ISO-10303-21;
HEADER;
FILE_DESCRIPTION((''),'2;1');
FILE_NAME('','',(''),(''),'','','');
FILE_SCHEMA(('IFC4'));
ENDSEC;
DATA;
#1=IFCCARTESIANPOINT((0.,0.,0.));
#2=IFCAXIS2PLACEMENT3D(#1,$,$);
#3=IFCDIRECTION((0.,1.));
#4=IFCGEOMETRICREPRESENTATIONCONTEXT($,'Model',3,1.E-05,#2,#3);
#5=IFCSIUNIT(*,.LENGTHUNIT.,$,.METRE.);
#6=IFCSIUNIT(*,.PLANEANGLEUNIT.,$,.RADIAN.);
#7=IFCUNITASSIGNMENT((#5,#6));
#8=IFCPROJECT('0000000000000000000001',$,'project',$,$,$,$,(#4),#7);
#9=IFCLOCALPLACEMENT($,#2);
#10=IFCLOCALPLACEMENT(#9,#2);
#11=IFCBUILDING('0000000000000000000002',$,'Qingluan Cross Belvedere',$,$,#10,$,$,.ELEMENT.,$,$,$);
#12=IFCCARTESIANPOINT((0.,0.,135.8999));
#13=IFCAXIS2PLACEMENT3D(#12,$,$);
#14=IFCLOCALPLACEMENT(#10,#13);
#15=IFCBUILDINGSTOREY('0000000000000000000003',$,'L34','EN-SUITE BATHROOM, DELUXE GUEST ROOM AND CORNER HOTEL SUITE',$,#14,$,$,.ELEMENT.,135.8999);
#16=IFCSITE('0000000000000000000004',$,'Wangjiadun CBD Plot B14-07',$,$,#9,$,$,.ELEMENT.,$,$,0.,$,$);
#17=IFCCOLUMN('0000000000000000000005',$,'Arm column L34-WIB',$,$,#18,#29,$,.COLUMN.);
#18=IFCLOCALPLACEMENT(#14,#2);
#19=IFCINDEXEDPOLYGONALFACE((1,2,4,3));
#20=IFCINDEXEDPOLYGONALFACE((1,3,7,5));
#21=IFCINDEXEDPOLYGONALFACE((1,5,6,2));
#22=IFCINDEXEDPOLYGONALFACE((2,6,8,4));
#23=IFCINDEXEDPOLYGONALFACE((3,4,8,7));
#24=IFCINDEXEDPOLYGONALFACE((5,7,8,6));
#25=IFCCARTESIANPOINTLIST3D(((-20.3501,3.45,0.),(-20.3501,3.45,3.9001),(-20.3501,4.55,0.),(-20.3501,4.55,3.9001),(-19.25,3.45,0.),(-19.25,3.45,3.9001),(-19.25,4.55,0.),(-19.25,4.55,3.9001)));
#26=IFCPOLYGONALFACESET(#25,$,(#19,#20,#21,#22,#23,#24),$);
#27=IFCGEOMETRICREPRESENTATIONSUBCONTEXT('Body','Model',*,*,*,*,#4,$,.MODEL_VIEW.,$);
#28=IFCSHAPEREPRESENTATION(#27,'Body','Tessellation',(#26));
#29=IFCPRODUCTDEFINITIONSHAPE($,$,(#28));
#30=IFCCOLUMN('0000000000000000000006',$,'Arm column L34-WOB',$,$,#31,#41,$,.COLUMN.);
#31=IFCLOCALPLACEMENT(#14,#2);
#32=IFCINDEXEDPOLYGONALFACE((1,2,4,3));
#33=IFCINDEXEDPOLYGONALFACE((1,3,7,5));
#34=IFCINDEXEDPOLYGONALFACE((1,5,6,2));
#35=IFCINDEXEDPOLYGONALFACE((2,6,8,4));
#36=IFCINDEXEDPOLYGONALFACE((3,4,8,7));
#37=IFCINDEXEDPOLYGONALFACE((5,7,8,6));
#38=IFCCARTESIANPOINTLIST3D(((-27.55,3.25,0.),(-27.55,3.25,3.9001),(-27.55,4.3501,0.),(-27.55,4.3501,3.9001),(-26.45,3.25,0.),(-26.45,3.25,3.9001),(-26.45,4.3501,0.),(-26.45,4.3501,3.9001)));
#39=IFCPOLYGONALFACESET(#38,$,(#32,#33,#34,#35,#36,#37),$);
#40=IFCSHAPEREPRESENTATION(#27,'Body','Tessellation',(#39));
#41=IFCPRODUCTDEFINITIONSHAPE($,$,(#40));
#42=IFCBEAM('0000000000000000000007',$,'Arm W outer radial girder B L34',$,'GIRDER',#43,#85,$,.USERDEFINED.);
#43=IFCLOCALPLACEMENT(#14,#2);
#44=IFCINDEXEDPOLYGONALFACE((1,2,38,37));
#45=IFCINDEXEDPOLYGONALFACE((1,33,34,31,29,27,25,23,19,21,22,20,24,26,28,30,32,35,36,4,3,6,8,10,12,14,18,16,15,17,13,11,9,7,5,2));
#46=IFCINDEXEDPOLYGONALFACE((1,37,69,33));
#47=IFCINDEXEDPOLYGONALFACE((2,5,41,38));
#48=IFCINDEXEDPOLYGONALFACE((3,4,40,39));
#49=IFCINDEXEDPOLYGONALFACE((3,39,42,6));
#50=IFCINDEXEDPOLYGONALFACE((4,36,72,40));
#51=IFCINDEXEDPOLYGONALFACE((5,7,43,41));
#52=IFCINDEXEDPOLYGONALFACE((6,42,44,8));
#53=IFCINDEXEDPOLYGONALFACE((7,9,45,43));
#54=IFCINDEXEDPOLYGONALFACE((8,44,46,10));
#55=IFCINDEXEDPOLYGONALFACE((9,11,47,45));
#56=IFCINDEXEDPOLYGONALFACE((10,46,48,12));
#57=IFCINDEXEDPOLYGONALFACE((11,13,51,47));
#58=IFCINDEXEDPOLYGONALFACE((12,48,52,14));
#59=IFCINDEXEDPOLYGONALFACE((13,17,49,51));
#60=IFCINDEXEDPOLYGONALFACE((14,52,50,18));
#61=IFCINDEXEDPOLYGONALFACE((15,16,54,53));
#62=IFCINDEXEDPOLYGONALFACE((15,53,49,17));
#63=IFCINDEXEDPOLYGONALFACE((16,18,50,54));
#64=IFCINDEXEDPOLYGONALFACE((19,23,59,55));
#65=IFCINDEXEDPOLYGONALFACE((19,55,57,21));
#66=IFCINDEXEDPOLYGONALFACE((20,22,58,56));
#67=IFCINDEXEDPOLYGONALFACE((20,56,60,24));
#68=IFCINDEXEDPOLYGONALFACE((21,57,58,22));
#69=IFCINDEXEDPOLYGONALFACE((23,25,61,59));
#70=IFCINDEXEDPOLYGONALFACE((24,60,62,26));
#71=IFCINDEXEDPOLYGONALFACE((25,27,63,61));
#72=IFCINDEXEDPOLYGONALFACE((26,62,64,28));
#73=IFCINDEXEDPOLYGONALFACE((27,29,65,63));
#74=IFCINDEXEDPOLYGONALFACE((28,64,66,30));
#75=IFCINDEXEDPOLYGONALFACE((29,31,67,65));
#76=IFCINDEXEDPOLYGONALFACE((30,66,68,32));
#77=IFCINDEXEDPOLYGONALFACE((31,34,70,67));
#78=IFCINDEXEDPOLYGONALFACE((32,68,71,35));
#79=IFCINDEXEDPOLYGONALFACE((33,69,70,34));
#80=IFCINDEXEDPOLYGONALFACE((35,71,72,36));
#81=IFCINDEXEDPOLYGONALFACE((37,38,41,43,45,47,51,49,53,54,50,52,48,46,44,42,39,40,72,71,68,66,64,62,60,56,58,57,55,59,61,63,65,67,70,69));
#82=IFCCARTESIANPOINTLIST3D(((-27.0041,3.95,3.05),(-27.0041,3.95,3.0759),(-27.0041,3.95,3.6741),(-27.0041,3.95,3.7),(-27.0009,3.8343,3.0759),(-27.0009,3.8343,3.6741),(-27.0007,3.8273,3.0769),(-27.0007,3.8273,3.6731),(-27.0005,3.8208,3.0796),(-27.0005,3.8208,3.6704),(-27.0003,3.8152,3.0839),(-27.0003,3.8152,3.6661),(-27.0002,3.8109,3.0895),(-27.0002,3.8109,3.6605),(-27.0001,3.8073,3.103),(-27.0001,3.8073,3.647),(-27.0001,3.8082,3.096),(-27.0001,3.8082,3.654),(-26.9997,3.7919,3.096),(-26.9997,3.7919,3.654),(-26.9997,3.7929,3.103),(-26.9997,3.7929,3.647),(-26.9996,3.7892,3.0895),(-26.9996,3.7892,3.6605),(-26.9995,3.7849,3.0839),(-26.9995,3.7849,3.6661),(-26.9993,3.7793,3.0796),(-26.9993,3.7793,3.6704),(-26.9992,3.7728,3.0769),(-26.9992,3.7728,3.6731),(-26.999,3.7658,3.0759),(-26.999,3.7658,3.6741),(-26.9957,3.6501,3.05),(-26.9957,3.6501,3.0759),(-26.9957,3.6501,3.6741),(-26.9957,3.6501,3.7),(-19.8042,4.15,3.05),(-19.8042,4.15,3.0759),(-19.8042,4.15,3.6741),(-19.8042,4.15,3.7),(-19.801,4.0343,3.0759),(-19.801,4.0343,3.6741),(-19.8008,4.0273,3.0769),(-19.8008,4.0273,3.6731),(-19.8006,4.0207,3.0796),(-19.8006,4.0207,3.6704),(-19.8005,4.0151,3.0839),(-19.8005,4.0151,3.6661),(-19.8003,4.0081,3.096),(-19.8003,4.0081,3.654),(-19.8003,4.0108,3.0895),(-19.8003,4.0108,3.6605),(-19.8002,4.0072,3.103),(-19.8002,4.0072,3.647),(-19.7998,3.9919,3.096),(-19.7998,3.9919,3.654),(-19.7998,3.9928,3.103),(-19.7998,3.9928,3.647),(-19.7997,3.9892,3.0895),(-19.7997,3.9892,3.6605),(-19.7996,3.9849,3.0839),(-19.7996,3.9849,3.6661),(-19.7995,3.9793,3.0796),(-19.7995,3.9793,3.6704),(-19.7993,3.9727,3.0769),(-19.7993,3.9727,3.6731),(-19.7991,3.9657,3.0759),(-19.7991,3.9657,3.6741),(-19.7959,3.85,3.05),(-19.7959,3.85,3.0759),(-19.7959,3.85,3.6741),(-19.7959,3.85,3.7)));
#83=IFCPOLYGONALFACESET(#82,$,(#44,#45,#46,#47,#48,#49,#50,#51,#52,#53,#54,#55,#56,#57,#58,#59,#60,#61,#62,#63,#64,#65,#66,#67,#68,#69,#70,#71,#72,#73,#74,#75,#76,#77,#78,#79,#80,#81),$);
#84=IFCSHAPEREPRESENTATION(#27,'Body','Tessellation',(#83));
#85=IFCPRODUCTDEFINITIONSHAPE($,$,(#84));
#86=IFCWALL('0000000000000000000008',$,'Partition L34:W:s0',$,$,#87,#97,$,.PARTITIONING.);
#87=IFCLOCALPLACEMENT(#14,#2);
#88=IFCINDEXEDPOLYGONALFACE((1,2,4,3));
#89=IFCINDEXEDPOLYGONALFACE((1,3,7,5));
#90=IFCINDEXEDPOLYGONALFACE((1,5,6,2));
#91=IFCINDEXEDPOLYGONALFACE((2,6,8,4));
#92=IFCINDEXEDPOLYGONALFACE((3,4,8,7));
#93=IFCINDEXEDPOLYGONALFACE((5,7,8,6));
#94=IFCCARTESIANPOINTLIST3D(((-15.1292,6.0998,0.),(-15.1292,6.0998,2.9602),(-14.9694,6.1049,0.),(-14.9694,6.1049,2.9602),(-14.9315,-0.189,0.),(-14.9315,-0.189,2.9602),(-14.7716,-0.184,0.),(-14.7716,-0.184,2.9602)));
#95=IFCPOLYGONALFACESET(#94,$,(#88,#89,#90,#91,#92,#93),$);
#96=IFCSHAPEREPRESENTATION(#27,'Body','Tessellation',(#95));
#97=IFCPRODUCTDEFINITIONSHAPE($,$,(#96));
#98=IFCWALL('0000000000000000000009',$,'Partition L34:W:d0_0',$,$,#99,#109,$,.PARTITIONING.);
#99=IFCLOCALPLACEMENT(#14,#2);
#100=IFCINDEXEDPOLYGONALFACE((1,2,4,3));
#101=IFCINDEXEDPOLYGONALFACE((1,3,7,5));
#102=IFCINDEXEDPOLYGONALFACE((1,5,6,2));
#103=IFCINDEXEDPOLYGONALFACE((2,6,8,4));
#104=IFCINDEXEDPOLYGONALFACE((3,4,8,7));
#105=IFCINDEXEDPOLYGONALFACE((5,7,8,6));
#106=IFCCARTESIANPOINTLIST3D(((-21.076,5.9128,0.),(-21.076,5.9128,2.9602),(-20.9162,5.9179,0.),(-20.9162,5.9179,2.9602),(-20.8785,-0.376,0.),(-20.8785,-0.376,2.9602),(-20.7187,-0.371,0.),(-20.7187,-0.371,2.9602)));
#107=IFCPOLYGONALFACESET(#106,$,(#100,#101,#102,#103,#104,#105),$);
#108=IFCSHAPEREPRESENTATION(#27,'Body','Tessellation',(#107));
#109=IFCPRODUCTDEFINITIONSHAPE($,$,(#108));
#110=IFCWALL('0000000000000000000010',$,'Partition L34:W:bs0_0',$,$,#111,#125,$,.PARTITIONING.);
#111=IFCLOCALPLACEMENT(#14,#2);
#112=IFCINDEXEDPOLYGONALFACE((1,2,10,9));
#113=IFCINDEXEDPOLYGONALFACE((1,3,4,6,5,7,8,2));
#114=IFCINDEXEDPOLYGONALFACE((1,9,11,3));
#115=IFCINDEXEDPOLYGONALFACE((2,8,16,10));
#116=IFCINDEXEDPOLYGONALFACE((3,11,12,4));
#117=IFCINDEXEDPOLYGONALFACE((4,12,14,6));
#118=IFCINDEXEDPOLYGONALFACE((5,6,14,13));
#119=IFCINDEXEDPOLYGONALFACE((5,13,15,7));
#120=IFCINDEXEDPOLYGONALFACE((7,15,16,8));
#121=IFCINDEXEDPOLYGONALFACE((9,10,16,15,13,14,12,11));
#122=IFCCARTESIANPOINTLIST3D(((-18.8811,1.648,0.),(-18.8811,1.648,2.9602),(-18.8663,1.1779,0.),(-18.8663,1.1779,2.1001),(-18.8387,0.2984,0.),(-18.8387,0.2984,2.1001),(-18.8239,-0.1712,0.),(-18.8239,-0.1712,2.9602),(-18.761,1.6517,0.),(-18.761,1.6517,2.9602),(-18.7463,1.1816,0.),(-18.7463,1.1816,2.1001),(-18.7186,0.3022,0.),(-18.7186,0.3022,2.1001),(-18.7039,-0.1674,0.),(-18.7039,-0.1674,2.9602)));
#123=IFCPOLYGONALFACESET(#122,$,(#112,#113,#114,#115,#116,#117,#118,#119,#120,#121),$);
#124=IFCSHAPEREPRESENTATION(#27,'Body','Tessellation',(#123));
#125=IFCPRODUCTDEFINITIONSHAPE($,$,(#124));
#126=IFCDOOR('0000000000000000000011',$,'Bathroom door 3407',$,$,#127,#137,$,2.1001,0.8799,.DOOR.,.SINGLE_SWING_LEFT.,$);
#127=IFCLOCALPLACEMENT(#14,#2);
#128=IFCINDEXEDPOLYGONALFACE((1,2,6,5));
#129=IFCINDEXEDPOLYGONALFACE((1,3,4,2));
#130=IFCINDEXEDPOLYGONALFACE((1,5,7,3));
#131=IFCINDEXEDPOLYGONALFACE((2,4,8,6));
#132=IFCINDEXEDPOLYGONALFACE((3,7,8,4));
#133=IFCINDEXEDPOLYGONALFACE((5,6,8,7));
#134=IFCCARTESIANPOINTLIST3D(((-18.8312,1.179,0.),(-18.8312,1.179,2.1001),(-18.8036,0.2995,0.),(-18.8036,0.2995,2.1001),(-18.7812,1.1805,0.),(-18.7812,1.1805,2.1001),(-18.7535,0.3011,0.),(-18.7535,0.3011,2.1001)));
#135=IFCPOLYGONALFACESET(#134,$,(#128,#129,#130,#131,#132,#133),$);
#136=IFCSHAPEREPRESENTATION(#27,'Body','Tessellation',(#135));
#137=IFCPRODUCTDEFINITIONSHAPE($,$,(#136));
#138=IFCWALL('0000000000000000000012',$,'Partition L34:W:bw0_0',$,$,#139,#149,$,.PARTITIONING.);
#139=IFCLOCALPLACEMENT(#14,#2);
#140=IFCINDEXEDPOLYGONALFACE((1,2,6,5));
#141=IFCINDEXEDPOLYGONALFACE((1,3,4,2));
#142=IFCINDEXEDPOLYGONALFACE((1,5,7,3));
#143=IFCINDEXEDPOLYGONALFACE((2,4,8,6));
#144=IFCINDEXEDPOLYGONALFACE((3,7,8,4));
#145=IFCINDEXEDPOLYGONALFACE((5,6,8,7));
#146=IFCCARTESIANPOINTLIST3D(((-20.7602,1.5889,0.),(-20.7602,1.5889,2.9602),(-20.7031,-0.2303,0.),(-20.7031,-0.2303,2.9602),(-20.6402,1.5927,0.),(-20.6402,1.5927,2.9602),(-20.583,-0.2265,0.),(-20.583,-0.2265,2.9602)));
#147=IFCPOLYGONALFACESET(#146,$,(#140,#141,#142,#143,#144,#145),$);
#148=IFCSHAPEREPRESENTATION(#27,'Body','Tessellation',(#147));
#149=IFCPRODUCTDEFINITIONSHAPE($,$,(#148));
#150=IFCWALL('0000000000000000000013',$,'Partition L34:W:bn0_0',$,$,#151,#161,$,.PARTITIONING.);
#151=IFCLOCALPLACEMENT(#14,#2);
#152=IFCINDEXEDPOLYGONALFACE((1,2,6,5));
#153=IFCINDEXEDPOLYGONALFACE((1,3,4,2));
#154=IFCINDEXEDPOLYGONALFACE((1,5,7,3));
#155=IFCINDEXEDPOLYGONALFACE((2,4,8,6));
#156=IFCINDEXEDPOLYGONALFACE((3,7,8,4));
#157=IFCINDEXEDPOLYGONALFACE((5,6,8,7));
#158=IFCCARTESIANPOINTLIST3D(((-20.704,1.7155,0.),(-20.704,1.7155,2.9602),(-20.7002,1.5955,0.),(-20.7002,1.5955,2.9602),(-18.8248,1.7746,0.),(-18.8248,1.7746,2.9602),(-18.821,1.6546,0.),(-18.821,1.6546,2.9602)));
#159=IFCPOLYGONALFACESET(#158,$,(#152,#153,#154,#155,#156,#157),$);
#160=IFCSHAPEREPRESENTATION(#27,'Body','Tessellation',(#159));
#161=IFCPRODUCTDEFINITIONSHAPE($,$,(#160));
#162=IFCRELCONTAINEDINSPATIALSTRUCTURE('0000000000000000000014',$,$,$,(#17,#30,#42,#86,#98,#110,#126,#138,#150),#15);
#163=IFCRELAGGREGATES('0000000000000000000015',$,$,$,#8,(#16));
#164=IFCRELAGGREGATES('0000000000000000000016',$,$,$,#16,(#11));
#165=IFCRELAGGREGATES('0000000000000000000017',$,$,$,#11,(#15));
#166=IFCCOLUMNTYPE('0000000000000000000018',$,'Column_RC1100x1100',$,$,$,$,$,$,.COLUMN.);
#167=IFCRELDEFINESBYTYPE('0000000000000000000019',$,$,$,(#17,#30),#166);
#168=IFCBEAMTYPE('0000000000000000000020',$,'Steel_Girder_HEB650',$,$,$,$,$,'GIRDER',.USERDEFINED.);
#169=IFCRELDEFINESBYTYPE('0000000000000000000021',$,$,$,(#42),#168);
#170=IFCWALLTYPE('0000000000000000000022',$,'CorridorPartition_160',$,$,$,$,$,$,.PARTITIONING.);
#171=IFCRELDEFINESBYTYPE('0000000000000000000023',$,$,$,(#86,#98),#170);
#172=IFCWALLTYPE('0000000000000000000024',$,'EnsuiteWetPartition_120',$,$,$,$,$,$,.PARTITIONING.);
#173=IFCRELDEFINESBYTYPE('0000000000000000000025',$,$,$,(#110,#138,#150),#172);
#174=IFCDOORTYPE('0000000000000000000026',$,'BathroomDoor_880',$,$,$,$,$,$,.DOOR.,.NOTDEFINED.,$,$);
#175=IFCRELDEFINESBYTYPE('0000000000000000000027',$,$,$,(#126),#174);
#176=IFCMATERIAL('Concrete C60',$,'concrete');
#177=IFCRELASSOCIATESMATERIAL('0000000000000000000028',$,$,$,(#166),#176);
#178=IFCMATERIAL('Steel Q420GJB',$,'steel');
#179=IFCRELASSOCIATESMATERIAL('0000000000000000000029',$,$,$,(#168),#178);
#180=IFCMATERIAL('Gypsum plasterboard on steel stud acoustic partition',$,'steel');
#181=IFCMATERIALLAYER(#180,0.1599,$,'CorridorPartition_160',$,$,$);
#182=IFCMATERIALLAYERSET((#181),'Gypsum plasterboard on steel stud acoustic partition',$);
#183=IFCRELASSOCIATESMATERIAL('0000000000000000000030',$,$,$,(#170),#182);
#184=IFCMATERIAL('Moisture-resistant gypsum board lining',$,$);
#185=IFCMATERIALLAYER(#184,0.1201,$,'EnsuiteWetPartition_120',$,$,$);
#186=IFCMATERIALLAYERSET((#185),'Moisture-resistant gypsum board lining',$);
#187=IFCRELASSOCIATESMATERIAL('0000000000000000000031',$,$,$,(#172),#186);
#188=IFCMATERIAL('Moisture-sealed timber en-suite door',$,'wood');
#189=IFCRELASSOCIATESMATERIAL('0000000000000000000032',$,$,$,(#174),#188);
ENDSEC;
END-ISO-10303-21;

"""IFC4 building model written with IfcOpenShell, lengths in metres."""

from ifc_helpers import new_model, si_unit, direction, frame, frame_2d, origin, origin_2d, place, context, subcontext, project, spatial, rectangle, i_section, extrude, material, layer, layer_set, material_profile, profile_set, type_object, element, fill, save


model = new_model("IFC4")

# Units and contexts
model_context = context("Model", 3, precision=1e-05, world=origin(), true_north=direction((0.0, 1.0)))
body_context = subcontext(model_context, "Body", "Model", "MODEL_VIEW")
ifc_project = project(units=[si_unit("LENGTHUNIT", "METRE"), si_unit("PLANEANGLEUNIT", "RADIAN")], contexts=[model_context])

# Site, building, storey
site_placement = place(None, origin())
site = spatial("IfcSite", under=ifc_project, at=site_placement, Name="Wangjiadun CBD Plot B14-07", CompositionType="ELEMENT", RefElevation=0.0)
building_placement = place(site_placement, origin())
building = spatial("IfcBuilding", under=site, at=building_placement, Name="Qingluan Cross Belvedere", CompositionType="ELEMENT")
storey_placement = place(building_placement, frame((0.0, 0.0, 135.8999)))
storey = spatial("IfcBuildingStorey", under=building, at=storey_placement, Name="L34", Description="EN-SUITE BATHROOM, DELUXE GUEST ROOM AND CORNER HOTEL SUITE", CompositionType="ELEMENT", Elevation=135.8999)

# Columns
ifc_material_1 = material(Name="Concrete C60", Category="concrete")
ifc_material_profile_1 = material_profile(ifc_material_1, rectangle(XDim=1.1001, YDim=1.1001, at=origin_2d()), Name="RC1100x1100")
ifc_profile_set_1 = profile_set([ifc_material_profile_1], Name="Concrete C60")
column_type = type_object("IfcColumnType", Name="Column_RC1100x1100", PredefinedType="COLUMN", material=ifc_profile_set_1)
for number, where, z_axis, x_axis, name in (
    (1, (-19.8, 4.0, 0.0), (0.0, 0.0, 1.0), (1.0, 0.0, 0.0), "Arm column L34-WIB"),
    (2, (-27.0, 3.8, 0.0), (0.0, 0.0, 1.0), (1.0, 0.0, 0.0), "Arm column L34-WOB"),
):
    element("IfcColumn", number, at=place(storey_placement, frame(where, z_axis=z_axis, x_axis=x_axis)), inside=storey, type_object=column_type, Name=name, PredefinedType="COLUMN", context=body_context, shape_type="SweptSolid", body=[
        extrude(rectangle(XDim=1.1001, YDim=1.1001, at=origin_2d()), origin(), (0.0, 0.0, 1.0), 3.9001),
    ])

# Beam
ifc_material_2 = material(Name="Steel Q420GJB", Category="steel")
ifc_material_profile_2 = material_profile(ifc_material_2, i_section(OverallWidth=0.3, OverallDepth=0.6499, WebThickness=0.0144, FlangeThickness=0.0259, FilletRadius=0.0271, at=origin_2d()), Name="HEB650")
ifc_profile_set_2 = profile_set([ifc_material_profile_2], Name="Steel Q420GJB")
beam_type = type_object("IfcBeamType", Name="Steel_Girder_HEB650", ElementType="GIRDER", PredefinedType="USERDEFINED", material=ifc_profile_set_2)
beam_placement = place(storey_placement, frame((-19.8, 4.0, 3.375), z_axis=(-0.999615, -0.02776, 0.0), x_axis=(0.02776, -0.999615, 0.0)))
element("IfcBeam", 3, at=beam_placement, inside=storey, type_object=beam_type, Name="Arm W outer radial girder B L34", ObjectType="GIRDER", PredefinedType="USERDEFINED", context=body_context, shape_type="SweptSolid", body=[
    extrude(i_section(OverallWidth=0.3, OverallDepth=0.6499, WebThickness=0.0144, FlangeThickness=0.0259, FilletRadius=0.0271, at=origin_2d()), origin(), (0.0, 0.0, 1.0), 7.2026),
])

# Shared definitions
ifc_material_3 = material(Name="Gypsum plasterboard on steel stud acoustic partition", Category="steel")
ifc_layer_1 = layer(ifc_material_3, 0.1599, Name="CorridorPartition_160")
ifc_layer_set_1 = layer_set([ifc_layer_1], Name="Gypsum plasterboard on steel stud acoustic partition")
wall_type_1 = type_object("IfcWallType", Name="CorridorPartition_160", PredefinedType="PARTITIONING", material=ifc_layer_set_1)

# Walls
for number, where, z_axis, x_axis, name in (
    (4, (-14.8516, -0.1865, 0.0), (0.0, 0.0, 1.0), (-0.03143, 0.999506, 0.0), "Partition L34:W:s0"),
    (5, (-20.7986, -0.3735, 0.0), (0.0, 0.0, 1.0), (-0.031391, 0.999507, 0.0), "Partition L34:W:d0_0"),
):
    element("IfcWall", number, at=place(storey_placement, frame(where, z_axis=z_axis, x_axis=x_axis)), inside=storey, type_object=wall_type_1, Name=name, PredefinedType="PARTITIONING", context=body_context, shape_type="SweptSolid", body=[
        extrude(rectangle(XDim=6.292, YDim=0.1599, at=frame_2d((3.146, 0.0))), origin(), (0.0, 0.0, 1.0), 2.9602),
    ])

# Wall, opening, door
ifc_material_4 = material(Name="Moisture-resistant gypsum board lining")
ifc_layer_2 = layer(ifc_material_4, 0.1201, Name="EnsuiteWetPartition_120")
ifc_layer_set_2 = layer_set([ifc_layer_2], Name="Moisture-resistant gypsum board lining")
wall_type_2 = type_object("IfcWallType", Name="EnsuiteWetPartition_120", PredefinedType="PARTITIONING", material=ifc_layer_set_2)
wall_1_placement = place(storey_placement, frame((-18.7639, -0.1694, 0.0), z_axis=(0.0, 0.0, 1.0), x_axis=(-0.03139, 0.999507, 0.0)))
wall_1 = element("IfcWall", 6, at=wall_1_placement, inside=storey, type_object=wall_type_2, Name="Partition L34:W:bs0_0", PredefinedType="PARTITIONING", context=body_context, shape_type="SweptSolid", body=[
    extrude(rectangle(XDim=1.8201, YDim=0.1201, at=frame_2d((0.9102, 0.0))), origin(), (0.0, 0.0, 1.0), 2.9602),
])
opening_1_placement = place(wall_1_placement, frame((0.47, 0.0, 0.0)))
opening_1 = element("IfcOpeningElement", 7, at=opening_1_placement, cuts=wall_1, PredefinedType="OPENING", context=body_context, shape_type="SweptSolid", body=[
    extrude(rectangle(XDim=0.8799, YDim=2.1001, at=frame_2d((0.4399, 1.05))), frame((0.0, 0.0701, 0.0), z_axis=(0.0, -1.0, 0.0), x_axis=(1.0, 0.0, 0.0)), (0.0, 0.0, 1.0), 0.1401),
])
ifc_material_5 = material(Name="Moisture-sealed timber en-suite door", Category="wood")
door_type_1 = type_object("IfcDoorType", Name="BathroomDoor_880", OperationType="NOTDEFINED", PredefinedType="DOOR", material=ifc_material_5)
door_1_placement = place(opening_1_placement, origin())
door_1 = element("IfcDoor", 8, at=door_1_placement, inside=storey, type_object=door_type_1, Name="Bathroom door 3407", OperationType="SINGLE_SWING_LEFT", OverallHeight=2.1001, OverallWidth=0.8799, PredefinedType="DOOR", context=body_context, shape_type="SweptSolid", body=[
    extrude(rectangle(XDim=0.8799, YDim=2.1001, at=frame_2d((0.4399, 1.05))), frame((0.0, 0.0249, 0.0), z_axis=(0.0, -1.0, 0.0), x_axis=(1.0, 0.0, 0.0)), (0.0, 0.0, 1.0), 0.05),
])
fill(opening_1, door_1)

# Walls
wall_2_placement = place(storey_placement, frame((-20.6431, -0.2285, 0.0), z_axis=(0.0, 0.0, 1.0), x_axis=(-0.03139, 0.999507, 0.0)))
element("IfcWall", 9, at=wall_2_placement, inside=storey, type_object=wall_type_2, Name="Partition L34:W:bw0_0", PredefinedType="PARTITIONING", context=body_context, shape_type="SweptSolid", body=[
    extrude(rectangle(XDim=1.8201, YDim=0.1201, at=frame_2d((0.9102, 0.0))), origin(), (0.0, 0.0, 1.0), 2.9602),
])
wall_3_placement = place(storey_placement, frame((-18.823, 1.7146, 0.0), z_axis=(0.0, 0.0, 1.0), x_axis=(-0.999506, -0.031425, 0.0)))
element("IfcWall", 10, at=wall_3_placement, inside=storey, type_object=wall_type_2, Name="Partition L34:W:bn0_0", PredefinedType="PARTITIONING", context=body_context, shape_type="SweptSolid", body=[
    extrude(rectangle(XDim=1.8801, YDim=0.1201, at=frame_2d((0.9399, 0.0))), origin(), (0.0, 0.0, 1.0), 2.9602),
])

save(model, "model.ifc")
